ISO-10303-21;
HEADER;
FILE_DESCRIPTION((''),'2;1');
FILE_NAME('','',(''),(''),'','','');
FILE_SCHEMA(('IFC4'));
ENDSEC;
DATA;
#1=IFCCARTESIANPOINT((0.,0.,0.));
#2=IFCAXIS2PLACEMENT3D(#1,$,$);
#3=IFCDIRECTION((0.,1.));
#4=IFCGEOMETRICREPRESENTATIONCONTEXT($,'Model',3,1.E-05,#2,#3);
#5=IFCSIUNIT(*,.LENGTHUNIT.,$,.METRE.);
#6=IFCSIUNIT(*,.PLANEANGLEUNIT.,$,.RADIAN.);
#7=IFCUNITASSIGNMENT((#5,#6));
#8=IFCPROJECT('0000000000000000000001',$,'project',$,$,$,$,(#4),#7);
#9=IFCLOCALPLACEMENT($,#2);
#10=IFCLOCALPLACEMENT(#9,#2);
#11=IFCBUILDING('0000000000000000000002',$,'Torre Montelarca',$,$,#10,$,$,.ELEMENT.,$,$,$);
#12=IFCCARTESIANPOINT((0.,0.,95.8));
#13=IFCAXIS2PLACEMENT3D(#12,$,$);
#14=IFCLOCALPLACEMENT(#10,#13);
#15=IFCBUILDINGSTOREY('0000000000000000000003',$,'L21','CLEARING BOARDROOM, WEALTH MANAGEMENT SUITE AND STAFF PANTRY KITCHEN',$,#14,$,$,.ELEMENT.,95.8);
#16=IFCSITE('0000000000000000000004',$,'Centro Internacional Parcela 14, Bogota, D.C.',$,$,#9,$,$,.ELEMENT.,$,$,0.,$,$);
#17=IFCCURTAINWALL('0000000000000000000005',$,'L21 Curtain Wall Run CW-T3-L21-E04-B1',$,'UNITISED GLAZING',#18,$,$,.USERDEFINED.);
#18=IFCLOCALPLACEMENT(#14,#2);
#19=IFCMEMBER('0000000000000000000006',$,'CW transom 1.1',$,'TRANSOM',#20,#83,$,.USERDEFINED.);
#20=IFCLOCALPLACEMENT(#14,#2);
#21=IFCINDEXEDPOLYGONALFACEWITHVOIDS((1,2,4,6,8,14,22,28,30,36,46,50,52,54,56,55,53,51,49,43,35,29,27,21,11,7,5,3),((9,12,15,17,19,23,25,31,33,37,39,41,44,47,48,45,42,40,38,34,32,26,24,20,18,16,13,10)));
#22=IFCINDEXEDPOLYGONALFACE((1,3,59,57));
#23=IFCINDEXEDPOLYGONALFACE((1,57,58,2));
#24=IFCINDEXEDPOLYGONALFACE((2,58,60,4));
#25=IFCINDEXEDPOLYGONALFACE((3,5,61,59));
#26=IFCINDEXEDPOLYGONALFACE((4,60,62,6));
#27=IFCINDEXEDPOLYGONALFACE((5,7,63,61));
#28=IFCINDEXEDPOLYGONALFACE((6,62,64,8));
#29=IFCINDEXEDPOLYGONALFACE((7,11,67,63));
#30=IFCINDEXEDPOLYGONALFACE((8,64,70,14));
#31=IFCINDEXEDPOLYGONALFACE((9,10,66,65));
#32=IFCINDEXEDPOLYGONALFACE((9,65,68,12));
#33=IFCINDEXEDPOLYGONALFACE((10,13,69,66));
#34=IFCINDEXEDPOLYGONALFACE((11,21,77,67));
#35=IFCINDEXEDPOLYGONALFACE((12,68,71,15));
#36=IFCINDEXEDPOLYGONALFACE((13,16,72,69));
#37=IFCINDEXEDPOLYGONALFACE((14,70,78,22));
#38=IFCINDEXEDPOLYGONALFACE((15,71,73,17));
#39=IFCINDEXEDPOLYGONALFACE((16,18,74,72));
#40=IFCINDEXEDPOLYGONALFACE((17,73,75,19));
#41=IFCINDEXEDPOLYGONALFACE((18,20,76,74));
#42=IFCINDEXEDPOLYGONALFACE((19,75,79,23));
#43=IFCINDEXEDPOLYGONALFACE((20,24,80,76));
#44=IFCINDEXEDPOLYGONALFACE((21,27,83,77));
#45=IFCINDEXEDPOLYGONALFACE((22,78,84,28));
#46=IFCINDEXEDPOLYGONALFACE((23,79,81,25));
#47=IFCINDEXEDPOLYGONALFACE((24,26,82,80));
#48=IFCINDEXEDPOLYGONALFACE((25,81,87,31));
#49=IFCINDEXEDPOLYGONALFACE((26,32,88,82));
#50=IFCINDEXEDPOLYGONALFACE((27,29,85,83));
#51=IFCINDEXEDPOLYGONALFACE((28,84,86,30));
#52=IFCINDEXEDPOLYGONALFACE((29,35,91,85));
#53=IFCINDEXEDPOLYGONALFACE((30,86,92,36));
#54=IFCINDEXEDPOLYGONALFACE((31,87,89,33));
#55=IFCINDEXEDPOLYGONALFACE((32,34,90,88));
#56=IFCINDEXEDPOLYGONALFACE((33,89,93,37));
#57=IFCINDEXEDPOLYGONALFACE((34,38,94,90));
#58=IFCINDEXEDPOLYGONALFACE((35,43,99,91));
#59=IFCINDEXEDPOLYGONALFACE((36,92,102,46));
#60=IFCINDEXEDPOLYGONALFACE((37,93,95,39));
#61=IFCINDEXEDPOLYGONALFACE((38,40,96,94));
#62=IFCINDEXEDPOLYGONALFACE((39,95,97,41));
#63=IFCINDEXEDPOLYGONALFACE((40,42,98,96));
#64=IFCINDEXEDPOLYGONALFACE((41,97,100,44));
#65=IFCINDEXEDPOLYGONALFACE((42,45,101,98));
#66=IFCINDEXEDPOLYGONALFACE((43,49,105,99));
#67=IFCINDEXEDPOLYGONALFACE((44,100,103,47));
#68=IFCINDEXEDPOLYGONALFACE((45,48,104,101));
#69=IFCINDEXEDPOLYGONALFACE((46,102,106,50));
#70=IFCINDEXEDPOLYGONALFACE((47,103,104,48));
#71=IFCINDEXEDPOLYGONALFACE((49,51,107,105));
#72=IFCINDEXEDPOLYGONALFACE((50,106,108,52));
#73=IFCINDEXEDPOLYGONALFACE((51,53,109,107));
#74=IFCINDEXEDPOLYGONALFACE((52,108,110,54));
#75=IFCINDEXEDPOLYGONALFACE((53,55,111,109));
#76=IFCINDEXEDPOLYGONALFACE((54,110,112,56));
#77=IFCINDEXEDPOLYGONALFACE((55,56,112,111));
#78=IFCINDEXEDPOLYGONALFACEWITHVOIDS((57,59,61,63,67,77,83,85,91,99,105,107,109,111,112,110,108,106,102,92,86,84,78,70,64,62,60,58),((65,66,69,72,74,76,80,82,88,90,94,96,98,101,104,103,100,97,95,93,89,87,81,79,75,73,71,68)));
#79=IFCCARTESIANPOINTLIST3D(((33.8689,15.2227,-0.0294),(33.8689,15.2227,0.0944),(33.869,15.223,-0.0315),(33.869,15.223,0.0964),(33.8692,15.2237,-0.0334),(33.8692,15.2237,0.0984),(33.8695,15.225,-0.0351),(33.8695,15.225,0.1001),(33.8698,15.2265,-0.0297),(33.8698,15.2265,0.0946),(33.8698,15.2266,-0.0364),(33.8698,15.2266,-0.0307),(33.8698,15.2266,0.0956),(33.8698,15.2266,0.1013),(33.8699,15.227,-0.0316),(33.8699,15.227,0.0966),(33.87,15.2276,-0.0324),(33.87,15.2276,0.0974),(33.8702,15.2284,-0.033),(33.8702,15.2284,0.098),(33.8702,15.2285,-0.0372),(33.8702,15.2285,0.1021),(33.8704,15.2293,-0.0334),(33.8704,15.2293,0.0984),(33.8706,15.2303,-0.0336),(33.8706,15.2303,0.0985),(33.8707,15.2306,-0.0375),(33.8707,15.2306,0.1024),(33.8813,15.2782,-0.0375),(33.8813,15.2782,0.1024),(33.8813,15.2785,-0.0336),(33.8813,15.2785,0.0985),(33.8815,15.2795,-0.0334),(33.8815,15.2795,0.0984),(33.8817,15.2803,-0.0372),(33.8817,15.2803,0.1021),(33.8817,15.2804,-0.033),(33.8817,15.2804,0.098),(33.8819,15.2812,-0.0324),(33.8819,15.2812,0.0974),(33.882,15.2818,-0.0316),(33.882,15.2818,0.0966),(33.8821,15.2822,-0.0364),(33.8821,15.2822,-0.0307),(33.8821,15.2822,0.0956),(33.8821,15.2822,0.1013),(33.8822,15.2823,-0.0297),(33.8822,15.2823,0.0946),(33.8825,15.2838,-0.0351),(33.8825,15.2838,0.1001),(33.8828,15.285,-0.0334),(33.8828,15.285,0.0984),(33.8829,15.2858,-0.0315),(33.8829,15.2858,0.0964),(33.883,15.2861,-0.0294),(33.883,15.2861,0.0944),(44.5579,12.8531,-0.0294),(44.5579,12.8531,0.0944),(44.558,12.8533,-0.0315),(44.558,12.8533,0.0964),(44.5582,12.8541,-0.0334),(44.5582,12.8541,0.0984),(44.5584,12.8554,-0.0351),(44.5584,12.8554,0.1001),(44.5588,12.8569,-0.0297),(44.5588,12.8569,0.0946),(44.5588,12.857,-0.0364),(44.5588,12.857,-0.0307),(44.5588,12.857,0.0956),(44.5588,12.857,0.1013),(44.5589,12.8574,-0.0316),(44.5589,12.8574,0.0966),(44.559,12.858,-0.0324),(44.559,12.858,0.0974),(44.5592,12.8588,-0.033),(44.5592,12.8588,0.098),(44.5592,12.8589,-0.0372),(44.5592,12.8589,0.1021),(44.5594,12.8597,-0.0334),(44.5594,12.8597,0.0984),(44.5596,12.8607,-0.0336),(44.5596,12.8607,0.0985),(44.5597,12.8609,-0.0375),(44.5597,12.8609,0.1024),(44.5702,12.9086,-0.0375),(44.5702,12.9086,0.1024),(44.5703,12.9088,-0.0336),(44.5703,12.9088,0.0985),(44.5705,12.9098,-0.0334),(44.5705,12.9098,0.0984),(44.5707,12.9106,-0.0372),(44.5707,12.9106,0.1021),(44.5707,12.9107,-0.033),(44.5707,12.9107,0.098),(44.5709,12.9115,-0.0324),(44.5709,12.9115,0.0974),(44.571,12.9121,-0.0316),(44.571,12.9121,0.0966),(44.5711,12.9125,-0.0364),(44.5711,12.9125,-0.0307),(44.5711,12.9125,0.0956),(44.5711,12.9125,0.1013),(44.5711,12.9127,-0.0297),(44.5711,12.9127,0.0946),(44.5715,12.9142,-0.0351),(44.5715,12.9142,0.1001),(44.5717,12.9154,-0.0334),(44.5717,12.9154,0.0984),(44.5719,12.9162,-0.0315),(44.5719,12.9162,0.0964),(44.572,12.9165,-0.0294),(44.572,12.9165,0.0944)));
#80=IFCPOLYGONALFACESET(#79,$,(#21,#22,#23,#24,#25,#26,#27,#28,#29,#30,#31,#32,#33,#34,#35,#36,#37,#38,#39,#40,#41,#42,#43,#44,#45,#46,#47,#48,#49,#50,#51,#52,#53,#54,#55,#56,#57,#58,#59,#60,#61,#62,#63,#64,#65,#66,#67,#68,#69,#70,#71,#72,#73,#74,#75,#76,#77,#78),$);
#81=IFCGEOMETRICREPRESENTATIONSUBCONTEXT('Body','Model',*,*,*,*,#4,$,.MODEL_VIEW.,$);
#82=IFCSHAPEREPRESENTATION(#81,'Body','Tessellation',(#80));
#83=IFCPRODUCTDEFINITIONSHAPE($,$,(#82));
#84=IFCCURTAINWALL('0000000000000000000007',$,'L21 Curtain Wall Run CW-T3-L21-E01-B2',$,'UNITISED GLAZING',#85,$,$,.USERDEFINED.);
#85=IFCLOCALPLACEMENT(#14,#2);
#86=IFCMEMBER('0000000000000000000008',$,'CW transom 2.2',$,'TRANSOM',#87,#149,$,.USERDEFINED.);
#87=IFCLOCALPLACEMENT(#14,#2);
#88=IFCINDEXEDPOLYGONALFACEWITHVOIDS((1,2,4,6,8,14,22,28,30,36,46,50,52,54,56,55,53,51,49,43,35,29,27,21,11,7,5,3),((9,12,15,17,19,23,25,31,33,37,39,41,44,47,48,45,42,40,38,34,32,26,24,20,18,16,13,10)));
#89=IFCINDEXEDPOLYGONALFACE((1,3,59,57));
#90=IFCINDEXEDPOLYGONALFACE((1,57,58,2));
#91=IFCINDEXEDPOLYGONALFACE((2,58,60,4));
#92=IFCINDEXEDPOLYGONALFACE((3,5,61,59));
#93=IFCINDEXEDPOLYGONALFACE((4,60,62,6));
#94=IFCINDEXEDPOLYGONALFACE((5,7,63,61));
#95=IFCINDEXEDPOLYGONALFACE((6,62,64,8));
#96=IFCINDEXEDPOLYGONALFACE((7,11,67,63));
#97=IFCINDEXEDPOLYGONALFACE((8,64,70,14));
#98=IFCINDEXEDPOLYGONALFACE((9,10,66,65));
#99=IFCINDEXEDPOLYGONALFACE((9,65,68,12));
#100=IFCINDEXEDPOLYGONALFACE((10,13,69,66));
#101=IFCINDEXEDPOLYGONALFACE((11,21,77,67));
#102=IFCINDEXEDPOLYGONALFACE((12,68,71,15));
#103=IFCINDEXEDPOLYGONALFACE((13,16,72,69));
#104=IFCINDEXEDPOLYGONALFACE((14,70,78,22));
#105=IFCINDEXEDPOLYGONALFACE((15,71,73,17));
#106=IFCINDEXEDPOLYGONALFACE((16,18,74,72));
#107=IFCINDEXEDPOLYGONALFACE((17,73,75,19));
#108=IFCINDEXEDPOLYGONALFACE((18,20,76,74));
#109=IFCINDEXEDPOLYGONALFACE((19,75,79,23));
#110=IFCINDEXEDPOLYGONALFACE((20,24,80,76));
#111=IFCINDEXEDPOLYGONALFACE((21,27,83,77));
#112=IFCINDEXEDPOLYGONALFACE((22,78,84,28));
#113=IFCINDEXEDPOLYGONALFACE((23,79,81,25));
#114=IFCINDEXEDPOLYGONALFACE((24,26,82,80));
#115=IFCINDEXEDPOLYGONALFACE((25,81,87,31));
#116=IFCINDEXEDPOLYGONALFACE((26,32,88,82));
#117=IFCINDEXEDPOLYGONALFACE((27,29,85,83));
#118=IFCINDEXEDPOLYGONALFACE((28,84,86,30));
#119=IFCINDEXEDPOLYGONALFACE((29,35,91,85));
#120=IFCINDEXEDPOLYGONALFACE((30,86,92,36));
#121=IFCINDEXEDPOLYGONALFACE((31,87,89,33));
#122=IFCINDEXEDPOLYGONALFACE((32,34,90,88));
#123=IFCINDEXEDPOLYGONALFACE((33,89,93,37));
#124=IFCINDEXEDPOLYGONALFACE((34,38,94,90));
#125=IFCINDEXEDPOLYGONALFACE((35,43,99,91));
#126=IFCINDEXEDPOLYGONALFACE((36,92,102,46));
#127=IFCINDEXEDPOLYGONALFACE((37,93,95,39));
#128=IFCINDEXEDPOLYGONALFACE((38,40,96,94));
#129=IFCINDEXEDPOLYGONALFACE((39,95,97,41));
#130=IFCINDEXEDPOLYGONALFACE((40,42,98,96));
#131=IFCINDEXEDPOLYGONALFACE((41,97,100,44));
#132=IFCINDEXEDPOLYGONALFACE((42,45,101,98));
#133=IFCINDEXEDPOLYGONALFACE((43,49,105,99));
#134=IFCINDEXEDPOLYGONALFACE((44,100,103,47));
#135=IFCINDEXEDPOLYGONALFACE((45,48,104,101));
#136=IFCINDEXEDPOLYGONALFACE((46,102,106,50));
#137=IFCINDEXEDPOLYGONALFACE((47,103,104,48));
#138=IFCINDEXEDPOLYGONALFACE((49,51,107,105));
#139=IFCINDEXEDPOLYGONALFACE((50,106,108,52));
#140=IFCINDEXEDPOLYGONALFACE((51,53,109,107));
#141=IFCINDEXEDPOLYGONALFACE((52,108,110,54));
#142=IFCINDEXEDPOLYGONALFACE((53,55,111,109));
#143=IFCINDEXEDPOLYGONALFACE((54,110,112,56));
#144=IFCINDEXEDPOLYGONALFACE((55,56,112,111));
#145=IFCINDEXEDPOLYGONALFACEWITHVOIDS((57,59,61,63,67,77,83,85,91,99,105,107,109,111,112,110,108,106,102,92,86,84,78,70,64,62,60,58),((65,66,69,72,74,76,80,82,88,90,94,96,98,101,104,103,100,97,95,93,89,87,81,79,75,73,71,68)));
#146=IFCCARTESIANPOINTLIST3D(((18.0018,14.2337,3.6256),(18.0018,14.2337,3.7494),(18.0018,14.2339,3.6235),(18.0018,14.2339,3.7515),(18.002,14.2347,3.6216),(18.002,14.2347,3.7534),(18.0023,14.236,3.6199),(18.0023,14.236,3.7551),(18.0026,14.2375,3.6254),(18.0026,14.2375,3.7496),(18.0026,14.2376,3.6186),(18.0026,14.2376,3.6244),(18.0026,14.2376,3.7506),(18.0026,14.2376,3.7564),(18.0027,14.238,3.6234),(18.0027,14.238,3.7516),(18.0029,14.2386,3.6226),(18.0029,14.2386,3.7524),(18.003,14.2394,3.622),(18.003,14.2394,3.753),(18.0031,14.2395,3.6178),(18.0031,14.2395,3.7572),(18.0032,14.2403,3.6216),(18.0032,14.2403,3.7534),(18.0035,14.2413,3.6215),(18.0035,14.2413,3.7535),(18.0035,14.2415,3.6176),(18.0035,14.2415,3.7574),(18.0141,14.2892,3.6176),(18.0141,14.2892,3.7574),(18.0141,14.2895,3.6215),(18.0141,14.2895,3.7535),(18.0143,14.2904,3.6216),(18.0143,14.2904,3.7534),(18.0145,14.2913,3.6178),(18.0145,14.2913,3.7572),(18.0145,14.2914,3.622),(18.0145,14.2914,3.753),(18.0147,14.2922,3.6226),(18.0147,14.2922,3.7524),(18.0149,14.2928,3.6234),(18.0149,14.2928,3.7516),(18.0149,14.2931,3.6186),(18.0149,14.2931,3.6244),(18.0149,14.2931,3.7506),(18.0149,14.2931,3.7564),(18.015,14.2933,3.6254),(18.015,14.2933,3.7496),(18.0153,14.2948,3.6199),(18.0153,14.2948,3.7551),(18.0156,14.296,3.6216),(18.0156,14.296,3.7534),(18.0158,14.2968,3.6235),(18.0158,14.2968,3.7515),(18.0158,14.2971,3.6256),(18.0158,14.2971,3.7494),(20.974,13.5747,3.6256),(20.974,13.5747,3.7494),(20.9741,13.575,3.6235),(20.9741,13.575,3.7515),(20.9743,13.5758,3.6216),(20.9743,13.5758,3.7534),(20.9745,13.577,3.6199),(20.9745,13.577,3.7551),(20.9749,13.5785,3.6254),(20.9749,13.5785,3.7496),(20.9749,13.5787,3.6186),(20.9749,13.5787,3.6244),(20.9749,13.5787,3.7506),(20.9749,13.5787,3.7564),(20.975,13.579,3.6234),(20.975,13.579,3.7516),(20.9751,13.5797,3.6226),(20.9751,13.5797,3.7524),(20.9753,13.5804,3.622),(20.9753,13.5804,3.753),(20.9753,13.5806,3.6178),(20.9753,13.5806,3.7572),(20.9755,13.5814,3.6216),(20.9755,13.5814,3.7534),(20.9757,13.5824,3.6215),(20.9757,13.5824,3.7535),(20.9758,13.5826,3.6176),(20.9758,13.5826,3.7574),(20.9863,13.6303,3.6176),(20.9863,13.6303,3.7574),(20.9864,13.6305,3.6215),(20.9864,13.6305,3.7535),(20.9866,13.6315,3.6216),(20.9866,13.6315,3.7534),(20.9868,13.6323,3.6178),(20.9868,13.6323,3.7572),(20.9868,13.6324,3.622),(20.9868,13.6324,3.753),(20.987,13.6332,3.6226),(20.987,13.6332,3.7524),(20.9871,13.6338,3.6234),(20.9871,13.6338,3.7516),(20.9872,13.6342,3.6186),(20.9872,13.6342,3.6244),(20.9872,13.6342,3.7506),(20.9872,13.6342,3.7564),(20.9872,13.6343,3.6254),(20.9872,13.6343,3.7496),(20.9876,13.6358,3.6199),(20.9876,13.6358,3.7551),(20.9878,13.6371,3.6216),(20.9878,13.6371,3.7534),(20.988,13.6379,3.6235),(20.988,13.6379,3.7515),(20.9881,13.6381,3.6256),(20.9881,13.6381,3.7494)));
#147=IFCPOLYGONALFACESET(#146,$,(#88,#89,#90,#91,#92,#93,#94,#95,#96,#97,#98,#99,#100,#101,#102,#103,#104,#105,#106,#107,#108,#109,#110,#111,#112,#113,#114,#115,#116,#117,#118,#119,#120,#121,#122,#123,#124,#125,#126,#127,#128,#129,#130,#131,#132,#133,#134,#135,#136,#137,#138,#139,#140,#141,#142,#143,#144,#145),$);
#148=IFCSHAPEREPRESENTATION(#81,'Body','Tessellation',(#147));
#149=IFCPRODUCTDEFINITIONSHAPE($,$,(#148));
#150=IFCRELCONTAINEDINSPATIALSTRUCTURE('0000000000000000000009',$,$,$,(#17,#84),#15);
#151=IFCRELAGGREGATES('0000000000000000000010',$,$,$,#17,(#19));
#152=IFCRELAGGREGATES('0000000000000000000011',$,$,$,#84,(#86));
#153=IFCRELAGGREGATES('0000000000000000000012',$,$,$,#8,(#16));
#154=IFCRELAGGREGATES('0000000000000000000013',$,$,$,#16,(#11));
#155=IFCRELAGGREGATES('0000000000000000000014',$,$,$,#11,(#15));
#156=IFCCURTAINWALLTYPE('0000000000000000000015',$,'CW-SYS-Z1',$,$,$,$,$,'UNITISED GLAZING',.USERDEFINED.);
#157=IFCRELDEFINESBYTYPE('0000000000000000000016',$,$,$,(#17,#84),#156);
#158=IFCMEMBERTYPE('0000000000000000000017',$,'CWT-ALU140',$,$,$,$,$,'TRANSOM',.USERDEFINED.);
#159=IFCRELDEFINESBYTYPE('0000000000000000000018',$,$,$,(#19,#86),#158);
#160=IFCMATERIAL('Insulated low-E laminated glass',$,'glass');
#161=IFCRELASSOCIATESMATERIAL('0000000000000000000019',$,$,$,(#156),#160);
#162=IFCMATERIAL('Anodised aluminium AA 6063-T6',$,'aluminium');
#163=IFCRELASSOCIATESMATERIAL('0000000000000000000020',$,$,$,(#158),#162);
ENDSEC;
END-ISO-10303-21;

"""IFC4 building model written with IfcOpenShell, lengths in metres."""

from ifc_helpers import new_model, si_unit, direction, frame, origin, origin_2d, place, context, subcontext, project, spatial, hollow_rectangle, extrude, source, transform, mapped, material, material_profile, profile_set, type_object, element, aggregate, save


model = new_model("IFC4")

# Units and contexts
model_context = context("Model", 3, precision=1e-05, world=origin(), true_north=direction((0.0, 1.0)))
body_context = subcontext(model_context, "Body", "Model", "MODEL_VIEW")
ifc_project = project(units=[si_unit("LENGTHUNIT", "METRE"), si_unit("PLANEANGLEUNIT", "RADIAN")], contexts=[model_context])

# Site, building, storey
site_placement = place(None, origin())
site = spatial("IfcSite", under=ifc_project, at=site_placement, Name="Centro Internacional Parcela 14, Bogota, D.C.", CompositionType="ELEMENT", RefElevation=0.0)
building_placement = place(site_placement, origin())
building = spatial("IfcBuilding", under=site, at=building_placement, Name="Torre Montelarca", CompositionType="ELEMENT")
storey_placement = place(building_placement, frame((0.0, 0.0, 95.8)))
storey = spatial("IfcBuildingStorey", under=building, at=storey_placement, Name="L21", Description="CLEARING BOARDROOM, WEALTH MANAGEMENT SUITE AND STAFF PANTRY KITCHEN", CompositionType="ELEMENT", Elevation=95.8)

# Shared definitions
ifc_material_1 = material(Name="Insulated low-E laminated glass", Category="glass")
curtain_wall_type = type_object("IfcCurtainWallType", Name="CW-SYS-Z1", ElementType="UNITISED GLAZING", PredefinedType="USERDEFINED", material=ifc_material_1)
ifc_material_2 = material(Name="Anodised aluminium AA 6063-T6", Category="aluminium")
ifc_material_profile_1 = material_profile(ifc_material_2, hollow_rectangle(XDim=0.0649, YDim=0.1399, WallThickness=0.0039, InnerFilletRadius=0.0039, OuterFilletRadius=0.0081, at=origin_2d()), Name="ALU65X140X4", Category="aluminium")
ifc_profile_set_1 = profile_set([ifc_material_profile_1], Name="Anodised aluminium AA 6063-T6")
member_type_1 = type_object("IfcMemberType", Name="CWT-ALU140", ElementType="TRANSOM", PredefinedType="USERDEFINED", material=ifc_profile_set_1)

# Curtain walls, members
curtain_wall_1_placement = place(storey_placement, origin())
curtain_wall_1 = element("IfcCurtainWall", 1, at=curtain_wall_1_placement, inside=storey, type_object=curtain_wall_type, Name="L21 Curtain Wall Run CW-T3-L21-E04-B1", ObjectType="UNITISED GLAZING", PredefinedType="USERDEFINED")
shared_shape_1 = source(origin(), body_context, "Body", "SweptSolid", [
    extrude(hollow_rectangle(XDim=0.0649, YDim=0.1399, WallThickness=0.0039, InnerFilletRadius=0.0039, OuterFilletRadius=0.0081, at=origin_2d()), origin(), (0.0, 0.0, 1.0), 10.9485),
])
member_1_placement = place(storey_placement, frame((33.876, 15.2544, 0.0325), z_axis=(0.976297, -0.216435, 0.0), x_axis=(0.216435, 0.976297, 0.0)))
member_1 = element("IfcMember", 2, at=member_1_placement, type_object=member_type_1, Name="CW transom 1.1", ObjectType="TRANSOM", PredefinedType="USERDEFINED", context=body_context, shape_type="MappedRepresentation", body=[
    mapped(shared_shape_1, transform((0.0, 0.0, 0.0), scale=1.0)),
])
curtain_wall_2_placement = place(storey_placement, origin())
curtain_wall_2 = element("IfcCurtainWall", 3, at=curtain_wall_2_placement, inside=storey, type_object=curtain_wall_type, Name="L21 Curtain Wall Run CW-T3-L21-E01-B2", ObjectType="UNITISED GLAZING", PredefinedType="USERDEFINED")
shared_shape_2 = source(origin(), body_context, "Body", "SweptSolid", [
    extrude(hollow_rectangle(XDim=0.0649, YDim=0.1399, WallThickness=0.0039, InnerFilletRadius=0.0039, OuterFilletRadius=0.0081, at=origin_2d()), origin(), (0.0, 0.0, 1.0), 3.0444),
])
member_2_placement = place(storey_placement, frame((18.0088, 14.2654, 3.6875), z_axis=(0.976294, -0.216446, 0.0), x_axis=(0.216446, 0.976294, 0.0)))
member_2 = element("IfcMember", 4, at=member_2_placement, type_object=member_type_1, Name="CW transom 2.2", ObjectType="TRANSOM", PredefinedType="USERDEFINED", context=body_context, shape_type="MappedRepresentation", body=[
    mapped(shared_shape_2, transform((0.0, 0.0, 0.0), scale=1.0)),
])

aggregate(curtain_wall_1, [member_1])

aggregate(curtain_wall_2, [member_2])

save(model, "model.ifc")
